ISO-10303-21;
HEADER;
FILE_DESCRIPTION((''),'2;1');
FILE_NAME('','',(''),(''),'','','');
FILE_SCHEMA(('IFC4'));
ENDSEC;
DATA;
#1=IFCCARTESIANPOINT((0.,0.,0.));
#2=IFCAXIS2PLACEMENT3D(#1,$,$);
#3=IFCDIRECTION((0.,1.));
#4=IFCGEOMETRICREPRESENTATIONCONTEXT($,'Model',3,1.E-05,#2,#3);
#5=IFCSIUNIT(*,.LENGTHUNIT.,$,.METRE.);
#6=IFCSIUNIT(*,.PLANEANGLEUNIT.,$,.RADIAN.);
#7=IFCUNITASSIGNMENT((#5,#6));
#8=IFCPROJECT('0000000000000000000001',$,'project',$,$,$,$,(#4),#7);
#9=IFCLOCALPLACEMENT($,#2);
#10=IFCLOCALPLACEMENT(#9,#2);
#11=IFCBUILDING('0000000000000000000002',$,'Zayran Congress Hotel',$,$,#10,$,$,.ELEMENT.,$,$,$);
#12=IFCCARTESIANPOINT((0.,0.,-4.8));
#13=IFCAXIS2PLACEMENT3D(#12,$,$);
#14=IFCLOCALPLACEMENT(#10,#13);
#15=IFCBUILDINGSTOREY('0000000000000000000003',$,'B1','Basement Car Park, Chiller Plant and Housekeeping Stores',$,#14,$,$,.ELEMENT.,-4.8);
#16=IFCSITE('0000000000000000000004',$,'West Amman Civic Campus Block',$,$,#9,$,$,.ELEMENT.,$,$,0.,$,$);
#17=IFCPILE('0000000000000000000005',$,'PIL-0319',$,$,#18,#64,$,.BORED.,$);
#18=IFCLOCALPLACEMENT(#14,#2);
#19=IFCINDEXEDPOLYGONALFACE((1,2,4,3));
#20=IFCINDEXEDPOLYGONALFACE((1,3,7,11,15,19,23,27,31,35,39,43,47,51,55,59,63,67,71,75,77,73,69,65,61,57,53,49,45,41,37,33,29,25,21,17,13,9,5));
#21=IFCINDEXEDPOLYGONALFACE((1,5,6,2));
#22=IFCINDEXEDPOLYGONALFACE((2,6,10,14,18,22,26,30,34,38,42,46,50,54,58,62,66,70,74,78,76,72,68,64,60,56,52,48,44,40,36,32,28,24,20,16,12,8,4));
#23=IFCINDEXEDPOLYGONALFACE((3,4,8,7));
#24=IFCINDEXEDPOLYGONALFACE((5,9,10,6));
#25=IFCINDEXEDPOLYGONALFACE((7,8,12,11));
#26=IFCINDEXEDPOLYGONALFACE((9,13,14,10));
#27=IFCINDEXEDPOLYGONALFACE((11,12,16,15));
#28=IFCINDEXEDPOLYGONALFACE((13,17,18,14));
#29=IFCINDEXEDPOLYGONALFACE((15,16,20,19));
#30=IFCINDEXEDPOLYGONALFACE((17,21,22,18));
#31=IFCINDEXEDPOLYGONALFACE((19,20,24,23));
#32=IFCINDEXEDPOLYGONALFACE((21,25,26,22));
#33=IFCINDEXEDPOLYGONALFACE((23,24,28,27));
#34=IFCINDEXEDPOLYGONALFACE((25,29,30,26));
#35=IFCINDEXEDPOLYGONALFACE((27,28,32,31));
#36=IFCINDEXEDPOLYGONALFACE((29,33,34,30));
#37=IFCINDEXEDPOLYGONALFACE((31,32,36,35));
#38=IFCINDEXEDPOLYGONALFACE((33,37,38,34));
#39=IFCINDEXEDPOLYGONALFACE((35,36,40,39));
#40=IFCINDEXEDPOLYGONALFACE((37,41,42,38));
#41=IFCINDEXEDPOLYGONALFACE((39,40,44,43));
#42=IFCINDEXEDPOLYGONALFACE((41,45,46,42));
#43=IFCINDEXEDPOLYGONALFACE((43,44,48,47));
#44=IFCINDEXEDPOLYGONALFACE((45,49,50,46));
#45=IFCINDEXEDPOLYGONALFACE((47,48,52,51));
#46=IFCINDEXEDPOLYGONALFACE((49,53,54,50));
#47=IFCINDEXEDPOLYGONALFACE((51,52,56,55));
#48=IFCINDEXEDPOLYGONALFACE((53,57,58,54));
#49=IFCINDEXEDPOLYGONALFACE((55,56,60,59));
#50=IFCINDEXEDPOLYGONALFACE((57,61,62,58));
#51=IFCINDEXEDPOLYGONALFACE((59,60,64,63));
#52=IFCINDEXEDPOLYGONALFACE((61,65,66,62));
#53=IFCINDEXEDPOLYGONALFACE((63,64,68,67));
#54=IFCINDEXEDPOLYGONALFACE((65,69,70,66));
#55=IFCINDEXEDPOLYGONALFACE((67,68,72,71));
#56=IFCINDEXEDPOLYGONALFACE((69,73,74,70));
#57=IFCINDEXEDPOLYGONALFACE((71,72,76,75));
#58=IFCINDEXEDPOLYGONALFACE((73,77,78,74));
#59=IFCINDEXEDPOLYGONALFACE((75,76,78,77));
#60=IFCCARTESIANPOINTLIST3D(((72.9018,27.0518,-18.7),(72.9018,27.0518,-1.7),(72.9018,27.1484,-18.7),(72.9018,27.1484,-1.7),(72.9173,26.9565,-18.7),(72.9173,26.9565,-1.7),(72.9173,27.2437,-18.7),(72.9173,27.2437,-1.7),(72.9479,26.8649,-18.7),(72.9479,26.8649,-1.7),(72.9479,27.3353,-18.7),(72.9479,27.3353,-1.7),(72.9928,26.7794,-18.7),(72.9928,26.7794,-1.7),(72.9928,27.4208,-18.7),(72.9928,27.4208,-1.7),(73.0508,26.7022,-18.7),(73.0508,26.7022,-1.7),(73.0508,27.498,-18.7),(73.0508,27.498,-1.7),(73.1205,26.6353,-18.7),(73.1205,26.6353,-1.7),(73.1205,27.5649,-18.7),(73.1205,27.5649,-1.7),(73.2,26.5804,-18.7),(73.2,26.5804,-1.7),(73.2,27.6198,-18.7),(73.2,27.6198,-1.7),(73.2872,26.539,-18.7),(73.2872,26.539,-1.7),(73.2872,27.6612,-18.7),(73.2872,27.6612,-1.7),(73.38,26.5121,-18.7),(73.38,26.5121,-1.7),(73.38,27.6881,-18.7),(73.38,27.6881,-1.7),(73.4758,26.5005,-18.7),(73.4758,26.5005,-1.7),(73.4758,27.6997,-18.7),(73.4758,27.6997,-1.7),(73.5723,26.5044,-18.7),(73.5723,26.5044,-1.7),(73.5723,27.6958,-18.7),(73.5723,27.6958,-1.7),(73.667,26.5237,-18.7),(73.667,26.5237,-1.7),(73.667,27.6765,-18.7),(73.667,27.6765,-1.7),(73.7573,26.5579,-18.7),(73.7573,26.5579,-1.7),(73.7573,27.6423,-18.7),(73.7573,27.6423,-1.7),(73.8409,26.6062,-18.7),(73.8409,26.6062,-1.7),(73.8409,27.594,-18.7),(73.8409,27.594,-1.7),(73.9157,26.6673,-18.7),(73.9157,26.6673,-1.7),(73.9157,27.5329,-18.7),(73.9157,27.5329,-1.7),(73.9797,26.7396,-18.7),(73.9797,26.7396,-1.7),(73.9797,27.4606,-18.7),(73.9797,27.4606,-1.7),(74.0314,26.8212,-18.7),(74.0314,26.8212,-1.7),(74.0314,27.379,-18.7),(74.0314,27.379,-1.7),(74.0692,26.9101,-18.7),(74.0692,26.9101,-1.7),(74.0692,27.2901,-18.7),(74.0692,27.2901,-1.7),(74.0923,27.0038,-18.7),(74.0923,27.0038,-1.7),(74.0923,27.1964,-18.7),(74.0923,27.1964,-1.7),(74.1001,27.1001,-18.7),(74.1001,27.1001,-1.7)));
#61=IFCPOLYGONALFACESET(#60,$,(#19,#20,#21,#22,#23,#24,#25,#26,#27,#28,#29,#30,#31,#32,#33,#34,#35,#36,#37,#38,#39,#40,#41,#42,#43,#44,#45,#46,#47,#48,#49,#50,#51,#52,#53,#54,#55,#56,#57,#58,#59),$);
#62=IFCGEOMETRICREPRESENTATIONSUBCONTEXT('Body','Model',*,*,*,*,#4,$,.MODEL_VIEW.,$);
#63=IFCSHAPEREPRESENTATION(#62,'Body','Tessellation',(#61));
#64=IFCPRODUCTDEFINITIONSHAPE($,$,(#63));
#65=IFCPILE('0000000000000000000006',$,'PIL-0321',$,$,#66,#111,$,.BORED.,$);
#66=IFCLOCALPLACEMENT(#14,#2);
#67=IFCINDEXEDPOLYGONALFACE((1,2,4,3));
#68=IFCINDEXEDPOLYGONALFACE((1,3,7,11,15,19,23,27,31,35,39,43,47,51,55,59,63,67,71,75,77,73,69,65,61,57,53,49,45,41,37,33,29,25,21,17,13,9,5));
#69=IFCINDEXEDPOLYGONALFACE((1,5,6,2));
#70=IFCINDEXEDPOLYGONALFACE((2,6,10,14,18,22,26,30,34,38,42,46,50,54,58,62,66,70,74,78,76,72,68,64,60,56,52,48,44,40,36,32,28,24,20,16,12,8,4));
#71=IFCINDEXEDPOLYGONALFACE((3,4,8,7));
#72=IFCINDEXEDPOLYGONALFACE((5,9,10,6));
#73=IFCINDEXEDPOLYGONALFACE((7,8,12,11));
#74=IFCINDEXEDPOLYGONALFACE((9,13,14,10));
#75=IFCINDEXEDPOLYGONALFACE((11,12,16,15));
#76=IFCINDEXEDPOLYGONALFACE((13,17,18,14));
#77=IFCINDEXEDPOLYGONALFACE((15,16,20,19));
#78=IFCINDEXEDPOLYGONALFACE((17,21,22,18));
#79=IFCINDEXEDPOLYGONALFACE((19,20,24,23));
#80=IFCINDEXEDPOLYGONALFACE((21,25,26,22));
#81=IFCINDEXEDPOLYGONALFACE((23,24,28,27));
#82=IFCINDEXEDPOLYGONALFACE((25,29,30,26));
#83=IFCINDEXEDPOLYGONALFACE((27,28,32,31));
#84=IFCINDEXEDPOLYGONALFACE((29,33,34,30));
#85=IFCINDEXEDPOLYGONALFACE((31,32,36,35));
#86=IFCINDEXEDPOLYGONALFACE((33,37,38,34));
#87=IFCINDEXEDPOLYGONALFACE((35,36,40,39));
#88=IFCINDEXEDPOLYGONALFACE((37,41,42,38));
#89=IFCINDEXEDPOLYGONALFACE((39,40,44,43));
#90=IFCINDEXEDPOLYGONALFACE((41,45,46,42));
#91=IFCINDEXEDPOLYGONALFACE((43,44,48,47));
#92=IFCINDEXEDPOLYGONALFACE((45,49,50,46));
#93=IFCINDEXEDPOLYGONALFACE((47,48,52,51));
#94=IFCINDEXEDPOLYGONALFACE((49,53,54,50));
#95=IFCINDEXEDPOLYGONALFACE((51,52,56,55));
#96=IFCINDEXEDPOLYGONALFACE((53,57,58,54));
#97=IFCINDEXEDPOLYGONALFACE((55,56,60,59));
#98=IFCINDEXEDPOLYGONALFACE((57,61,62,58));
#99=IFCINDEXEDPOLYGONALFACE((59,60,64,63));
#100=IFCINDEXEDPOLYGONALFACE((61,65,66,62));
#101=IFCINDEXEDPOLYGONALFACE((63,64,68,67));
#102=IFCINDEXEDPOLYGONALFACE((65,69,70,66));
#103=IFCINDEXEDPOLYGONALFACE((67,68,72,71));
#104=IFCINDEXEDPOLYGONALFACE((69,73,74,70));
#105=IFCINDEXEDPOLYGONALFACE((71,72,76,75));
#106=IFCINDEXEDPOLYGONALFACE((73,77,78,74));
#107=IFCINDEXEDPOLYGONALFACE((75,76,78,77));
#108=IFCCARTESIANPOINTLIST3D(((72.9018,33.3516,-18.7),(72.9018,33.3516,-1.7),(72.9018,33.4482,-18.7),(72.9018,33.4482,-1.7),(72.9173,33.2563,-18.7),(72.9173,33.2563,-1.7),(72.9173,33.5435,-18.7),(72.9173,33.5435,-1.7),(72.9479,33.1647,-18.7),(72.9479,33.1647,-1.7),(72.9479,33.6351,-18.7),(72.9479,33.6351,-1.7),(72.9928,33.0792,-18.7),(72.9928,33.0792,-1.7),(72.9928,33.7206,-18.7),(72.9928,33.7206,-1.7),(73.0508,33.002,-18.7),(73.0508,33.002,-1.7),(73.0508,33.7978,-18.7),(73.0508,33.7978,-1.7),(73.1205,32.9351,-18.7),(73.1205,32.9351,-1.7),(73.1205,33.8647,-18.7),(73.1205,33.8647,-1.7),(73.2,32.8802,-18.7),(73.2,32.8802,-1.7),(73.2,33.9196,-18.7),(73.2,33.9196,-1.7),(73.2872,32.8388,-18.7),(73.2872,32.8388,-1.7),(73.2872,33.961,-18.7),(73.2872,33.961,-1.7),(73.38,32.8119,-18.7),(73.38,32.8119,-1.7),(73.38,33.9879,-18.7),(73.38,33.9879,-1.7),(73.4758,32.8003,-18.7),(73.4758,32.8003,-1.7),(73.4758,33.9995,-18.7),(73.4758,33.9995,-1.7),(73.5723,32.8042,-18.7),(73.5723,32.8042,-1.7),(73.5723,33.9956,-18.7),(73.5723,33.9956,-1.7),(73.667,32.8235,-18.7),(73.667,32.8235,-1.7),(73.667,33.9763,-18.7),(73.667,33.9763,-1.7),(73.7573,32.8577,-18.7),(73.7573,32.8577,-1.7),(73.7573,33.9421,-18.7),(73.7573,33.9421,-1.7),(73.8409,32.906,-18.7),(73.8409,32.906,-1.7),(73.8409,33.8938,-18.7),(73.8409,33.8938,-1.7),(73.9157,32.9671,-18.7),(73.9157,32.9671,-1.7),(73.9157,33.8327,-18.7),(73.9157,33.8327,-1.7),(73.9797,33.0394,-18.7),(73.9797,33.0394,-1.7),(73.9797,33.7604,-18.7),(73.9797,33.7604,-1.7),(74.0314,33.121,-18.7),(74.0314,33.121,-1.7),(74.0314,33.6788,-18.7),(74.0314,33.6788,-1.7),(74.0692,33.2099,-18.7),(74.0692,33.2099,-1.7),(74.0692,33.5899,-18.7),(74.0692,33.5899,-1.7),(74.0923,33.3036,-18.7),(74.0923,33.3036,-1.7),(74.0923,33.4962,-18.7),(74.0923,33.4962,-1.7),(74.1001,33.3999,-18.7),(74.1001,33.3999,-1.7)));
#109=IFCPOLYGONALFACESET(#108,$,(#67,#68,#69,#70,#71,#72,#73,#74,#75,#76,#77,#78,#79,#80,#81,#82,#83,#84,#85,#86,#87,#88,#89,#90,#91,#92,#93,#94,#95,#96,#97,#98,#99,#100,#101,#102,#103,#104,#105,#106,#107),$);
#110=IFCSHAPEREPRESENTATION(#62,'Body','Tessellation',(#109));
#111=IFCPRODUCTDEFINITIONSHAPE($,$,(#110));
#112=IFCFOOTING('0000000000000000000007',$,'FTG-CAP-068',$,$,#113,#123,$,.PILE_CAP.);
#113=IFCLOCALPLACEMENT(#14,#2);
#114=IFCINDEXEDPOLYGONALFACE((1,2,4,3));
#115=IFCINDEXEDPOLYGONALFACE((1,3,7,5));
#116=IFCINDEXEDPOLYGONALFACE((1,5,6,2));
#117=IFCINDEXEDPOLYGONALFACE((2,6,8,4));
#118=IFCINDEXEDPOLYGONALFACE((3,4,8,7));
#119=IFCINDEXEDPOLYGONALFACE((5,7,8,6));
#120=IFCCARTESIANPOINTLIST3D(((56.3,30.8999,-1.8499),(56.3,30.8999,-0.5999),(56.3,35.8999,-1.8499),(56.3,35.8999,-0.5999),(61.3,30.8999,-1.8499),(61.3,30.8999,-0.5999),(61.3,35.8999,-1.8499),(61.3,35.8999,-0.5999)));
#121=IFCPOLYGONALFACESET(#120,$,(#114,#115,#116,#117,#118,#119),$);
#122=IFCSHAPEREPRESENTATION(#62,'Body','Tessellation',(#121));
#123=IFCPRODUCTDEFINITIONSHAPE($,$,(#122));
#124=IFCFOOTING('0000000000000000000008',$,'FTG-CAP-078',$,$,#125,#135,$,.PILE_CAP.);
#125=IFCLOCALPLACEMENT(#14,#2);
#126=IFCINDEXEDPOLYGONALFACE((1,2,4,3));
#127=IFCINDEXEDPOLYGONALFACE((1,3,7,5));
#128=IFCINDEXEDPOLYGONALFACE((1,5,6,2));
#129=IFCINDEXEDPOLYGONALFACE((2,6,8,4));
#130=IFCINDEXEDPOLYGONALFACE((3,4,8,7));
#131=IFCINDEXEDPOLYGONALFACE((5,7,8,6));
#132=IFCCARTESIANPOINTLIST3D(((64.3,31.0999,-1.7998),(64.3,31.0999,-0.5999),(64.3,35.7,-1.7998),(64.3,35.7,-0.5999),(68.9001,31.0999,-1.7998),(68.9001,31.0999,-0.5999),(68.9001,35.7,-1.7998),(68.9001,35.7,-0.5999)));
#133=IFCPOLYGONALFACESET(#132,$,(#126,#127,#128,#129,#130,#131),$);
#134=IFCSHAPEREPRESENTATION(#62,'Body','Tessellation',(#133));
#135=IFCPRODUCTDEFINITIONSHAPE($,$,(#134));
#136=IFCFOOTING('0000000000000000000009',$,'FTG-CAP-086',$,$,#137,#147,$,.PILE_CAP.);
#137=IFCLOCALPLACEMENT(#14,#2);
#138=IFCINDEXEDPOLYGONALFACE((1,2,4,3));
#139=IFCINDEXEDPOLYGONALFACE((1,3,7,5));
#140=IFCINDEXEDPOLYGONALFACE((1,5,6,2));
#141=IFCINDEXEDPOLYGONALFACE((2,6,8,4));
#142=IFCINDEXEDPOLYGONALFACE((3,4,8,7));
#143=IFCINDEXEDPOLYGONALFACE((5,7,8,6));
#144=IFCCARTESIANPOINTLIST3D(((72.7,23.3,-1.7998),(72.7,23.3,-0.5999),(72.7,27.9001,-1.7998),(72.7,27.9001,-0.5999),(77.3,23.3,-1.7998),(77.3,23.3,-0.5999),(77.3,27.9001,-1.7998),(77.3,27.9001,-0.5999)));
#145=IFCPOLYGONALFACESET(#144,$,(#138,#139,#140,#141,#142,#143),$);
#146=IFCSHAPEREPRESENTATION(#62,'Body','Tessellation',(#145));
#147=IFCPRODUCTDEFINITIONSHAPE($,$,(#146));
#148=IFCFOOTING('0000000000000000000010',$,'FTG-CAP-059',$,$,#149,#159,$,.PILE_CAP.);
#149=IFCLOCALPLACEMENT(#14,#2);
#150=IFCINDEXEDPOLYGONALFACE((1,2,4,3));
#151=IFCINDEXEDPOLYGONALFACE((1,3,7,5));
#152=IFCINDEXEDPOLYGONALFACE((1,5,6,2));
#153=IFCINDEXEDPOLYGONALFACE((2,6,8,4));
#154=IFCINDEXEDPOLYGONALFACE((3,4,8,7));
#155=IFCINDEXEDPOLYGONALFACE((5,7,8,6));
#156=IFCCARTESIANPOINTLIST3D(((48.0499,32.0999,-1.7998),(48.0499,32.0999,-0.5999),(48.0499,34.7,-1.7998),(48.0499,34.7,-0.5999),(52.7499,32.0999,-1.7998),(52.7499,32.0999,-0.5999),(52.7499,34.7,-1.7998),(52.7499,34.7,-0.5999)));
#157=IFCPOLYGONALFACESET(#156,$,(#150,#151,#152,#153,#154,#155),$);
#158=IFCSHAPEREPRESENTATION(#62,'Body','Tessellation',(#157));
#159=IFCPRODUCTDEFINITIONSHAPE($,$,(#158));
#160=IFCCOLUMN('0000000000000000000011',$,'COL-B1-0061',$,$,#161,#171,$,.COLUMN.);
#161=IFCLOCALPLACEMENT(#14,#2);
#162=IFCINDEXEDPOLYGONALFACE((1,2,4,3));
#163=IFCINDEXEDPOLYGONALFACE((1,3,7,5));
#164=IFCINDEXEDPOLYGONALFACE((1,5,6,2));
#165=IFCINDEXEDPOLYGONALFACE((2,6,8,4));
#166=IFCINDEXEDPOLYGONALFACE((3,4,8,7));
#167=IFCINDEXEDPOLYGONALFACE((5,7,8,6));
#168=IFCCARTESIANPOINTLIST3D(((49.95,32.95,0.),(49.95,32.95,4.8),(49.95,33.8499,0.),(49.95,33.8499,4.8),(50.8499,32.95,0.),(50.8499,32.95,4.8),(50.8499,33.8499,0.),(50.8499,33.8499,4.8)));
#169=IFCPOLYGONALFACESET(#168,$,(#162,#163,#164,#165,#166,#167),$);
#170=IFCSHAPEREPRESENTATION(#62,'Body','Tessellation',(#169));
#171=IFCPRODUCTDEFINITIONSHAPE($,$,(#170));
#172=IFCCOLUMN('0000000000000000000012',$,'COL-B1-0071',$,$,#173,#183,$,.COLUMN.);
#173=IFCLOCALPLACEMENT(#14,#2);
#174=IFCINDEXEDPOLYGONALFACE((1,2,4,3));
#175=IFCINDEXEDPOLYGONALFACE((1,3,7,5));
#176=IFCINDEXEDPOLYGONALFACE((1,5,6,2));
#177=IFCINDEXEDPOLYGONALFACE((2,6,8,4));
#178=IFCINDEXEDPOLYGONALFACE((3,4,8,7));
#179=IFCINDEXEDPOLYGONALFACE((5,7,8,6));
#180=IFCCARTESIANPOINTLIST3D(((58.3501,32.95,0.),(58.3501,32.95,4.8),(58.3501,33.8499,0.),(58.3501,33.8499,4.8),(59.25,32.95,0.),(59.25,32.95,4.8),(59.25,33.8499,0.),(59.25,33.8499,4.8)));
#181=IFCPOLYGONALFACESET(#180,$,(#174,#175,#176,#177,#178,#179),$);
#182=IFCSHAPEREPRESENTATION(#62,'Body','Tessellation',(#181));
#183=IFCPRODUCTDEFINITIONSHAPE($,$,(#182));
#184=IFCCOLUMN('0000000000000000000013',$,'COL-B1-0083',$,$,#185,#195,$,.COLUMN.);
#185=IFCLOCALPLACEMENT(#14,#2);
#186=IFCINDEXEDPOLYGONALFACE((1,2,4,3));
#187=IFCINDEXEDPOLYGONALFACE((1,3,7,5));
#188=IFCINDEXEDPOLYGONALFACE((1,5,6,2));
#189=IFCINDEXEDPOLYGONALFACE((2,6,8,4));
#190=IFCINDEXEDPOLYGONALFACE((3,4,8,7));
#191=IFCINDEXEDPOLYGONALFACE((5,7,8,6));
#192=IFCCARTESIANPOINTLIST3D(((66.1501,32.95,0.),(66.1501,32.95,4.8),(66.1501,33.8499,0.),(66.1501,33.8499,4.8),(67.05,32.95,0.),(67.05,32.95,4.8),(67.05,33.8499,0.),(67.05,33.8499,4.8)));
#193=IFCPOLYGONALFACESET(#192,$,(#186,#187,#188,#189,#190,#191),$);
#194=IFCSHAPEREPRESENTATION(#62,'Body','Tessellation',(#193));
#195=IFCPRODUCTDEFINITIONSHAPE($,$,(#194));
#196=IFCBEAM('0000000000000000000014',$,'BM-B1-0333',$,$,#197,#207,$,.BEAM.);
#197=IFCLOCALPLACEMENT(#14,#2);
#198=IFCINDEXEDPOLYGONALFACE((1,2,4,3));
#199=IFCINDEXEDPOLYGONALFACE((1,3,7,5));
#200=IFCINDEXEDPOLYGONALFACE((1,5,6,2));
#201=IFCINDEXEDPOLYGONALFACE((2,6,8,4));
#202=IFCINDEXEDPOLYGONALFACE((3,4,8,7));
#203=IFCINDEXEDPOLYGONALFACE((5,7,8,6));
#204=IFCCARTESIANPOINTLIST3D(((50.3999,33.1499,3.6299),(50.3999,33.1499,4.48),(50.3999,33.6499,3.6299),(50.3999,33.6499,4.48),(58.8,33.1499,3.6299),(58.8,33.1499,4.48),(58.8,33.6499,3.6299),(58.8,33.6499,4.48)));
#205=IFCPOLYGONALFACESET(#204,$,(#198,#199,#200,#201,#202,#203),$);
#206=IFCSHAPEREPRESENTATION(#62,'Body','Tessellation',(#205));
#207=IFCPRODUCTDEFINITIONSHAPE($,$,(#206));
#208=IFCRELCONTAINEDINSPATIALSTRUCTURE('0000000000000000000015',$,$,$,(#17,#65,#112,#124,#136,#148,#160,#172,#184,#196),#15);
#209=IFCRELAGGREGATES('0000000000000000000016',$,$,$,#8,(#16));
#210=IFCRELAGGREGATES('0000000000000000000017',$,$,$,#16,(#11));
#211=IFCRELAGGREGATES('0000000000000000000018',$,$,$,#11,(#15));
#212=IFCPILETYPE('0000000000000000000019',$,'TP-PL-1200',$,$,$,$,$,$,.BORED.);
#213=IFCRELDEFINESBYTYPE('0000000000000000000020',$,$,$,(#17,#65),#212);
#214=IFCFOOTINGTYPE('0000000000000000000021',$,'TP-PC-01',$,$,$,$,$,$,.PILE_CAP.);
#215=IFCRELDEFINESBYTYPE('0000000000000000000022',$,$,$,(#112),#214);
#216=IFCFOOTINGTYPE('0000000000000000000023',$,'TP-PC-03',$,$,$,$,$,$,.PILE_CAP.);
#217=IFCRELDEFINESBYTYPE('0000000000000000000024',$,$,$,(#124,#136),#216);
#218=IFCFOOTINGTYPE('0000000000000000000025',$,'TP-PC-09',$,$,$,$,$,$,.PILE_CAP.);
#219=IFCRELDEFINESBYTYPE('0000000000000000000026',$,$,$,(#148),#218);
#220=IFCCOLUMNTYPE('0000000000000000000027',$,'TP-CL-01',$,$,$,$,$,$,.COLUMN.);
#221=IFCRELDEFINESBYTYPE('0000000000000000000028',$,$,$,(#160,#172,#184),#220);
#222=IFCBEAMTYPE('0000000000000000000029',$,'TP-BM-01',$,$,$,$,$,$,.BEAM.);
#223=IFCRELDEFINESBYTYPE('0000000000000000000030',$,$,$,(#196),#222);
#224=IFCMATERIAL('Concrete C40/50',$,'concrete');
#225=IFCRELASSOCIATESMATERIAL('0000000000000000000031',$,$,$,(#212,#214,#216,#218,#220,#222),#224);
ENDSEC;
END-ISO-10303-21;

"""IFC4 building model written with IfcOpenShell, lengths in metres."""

from ifc_helpers import new_model, si_unit, direction, frame, origin, origin_2d, place, context, subcontext, project, spatial, rectangle, circle, extrude, material, material_profile, profile_set, type_object, element, save


model = new_model("IFC4")

# Units and contexts
model_context = context("Model", 3, precision=1e-05, world=origin(), true_north=direction((0.0, 1.0)))
body_context = subcontext(model_context, "Body", "Model", "MODEL_VIEW")
ifc_project = project(units=[si_unit("LENGTHUNIT", "METRE"), si_unit("PLANEANGLEUNIT", "RADIAN")], contexts=[model_context])

# Site, building, storey
site_placement = place(None, origin())
site = spatial("IfcSite", under=ifc_project, at=site_placement, Name="West Amman Civic Campus Block", CompositionType="ELEMENT", RefElevation=0.0)
building_placement = place(site_placement, origin())
building = spatial("IfcBuilding", under=site, at=building_placement, Name="Zayran Congress Hotel", CompositionType="ELEMENT")
storey_placement = place(building_placement, frame((0.0, 0.0, -4.8)))
storey = spatial("IfcBuildingStorey", under=building, at=storey_placement, Name="B1", Description="Basement Car Park, Chiller Plant and Housekeeping Stores", CompositionType="ELEMENT", Elevation=-4.8)

# Piles
ifc_material_1 = material(Name="Concrete C40/50", Category="concrete")
ifc_material_profile_1 = material_profile(ifc_material_1, circle(Radius=0.6001, at=origin_2d()), Name="PILE D1200")
ifc_profile_set_1 = profile_set([ifc_material_profile_1], Name="Concrete C40/50")
pile_type = type_object("IfcPileType", Name="TP-PL-1200", PredefinedType="BORED", material=ifc_profile_set_1)
for number, where, z_axis, x_axis, name in (
    (1, (73.5, 27.1001, -1.7), (0.0, 0.0, -1.0), (1.0, 0.0, 0.0), "PIL-0319"),
    (2, (73.5, 33.3999, -1.7), (0.0, 0.0, -1.0), (1.0, 0.0, 0.0), "PIL-0321"),
):
    element("IfcPile", number, at=place(storey_placement, frame(where, z_axis=z_axis, x_axis=x_axis)), inside=storey, type_object=pile_type, Name=name, PredefinedType="BORED", context=body_context, shape_type="SweptSolid", body=[
        extrude(circle(Radius=0.6001, at=origin_2d()), origin(), (0.0, 0.0, 1.0), 17.0),
    ])

# Footings
footing_type_1 = type_object("IfcFootingType", Name="TP-PC-01", PredefinedType="PILE_CAP", material=ifc_material_1)
footing_1_placement = place(storey_placement, frame((58.8, 33.3999, -1.8499), z_axis=(0.0, 0.0, 1.0), x_axis=(1.0, 0.0, 0.0)))
element("IfcFooting", 3, at=footing_1_placement, inside=storey, type_object=footing_type_1, Name="FTG-CAP-068", PredefinedType="PILE_CAP", context=body_context, shape_type="SweptSolid", body=[
    extrude(rectangle(XDim=5.0, YDim=5.0, at=origin_2d()), origin(), (0.0, 0.0, 1.0), 1.25),
])
footing_type_2 = type_object("IfcFootingType", Name="TP-PC-03", PredefinedType="PILE_CAP", material=ifc_material_1)
for number, where, z_axis, x_axis, name in (
    (4, (66.6001, 33.3999, -1.7998), (0.0, 0.0, 1.0), (1.0, 0.0, 0.0), "FTG-CAP-078"),
    (5, (75.0, 25.6001, -1.7998), (0.0, 0.0, 1.0), (1.0, 0.0, 0.0), "FTG-CAP-086"),
):
    element("IfcFooting", number, at=place(storey_placement, frame(where, z_axis=z_axis, x_axis=x_axis)), inside=storey, type_object=footing_type_2, Name=name, PredefinedType="PILE_CAP", context=body_context, shape_type="SweptSolid", body=[
        extrude(rectangle(XDim=4.6001, YDim=4.6001, at=origin_2d()), origin(), (0.0, 0.0, 1.0), 1.2),
    ])
footing_type_3 = type_object("IfcFootingType", Name="TP-PC-09", PredefinedType="PILE_CAP", material=ifc_material_1)
footing_2_placement = place(storey_placement, frame((50.3999, 33.3999, -1.7998), z_axis=(0.0, 0.0, 1.0), x_axis=(1.0, 0.0, 0.0)))
element("IfcFooting", 6, at=footing_2_placement, inside=storey, type_object=footing_type_3, Name="FTG-CAP-059", PredefinedType="PILE_CAP", context=body_context, shape_type="SweptSolid", body=[
    extrude(rectangle(XDim=4.7, YDim=2.6001, at=origin_2d()), origin(), (0.0, 0.0, 1.0), 1.2),
])

# Columns
ifc_material_profile_2 = material_profile(ifc_material_1, rectangle(XDim=0.8999, YDim=0.8999, at=origin_2d()), Name="RC 900x900")
ifc_profile_set_2 = profile_set([ifc_material_profile_2], Name="Concrete C40/50")
column_type = type_object("IfcColumnType", Name="TP-CL-01", PredefinedType="COLUMN", material=ifc_profile_set_2)
for number, where, z_axis, x_axis, name in (
    (7, (50.3999, 33.3999, 0.0), (0.0, 0.0, 1.0), (1.0, 0.0, 0.0), "COL-B1-0061"),
    (8, (58.8, 33.3999, 0.0), (0.0, 0.0, 1.0), (1.0, 0.0, 0.0), "COL-B1-0071"),
    (9, (66.6001, 33.3999, 0.0), (0.0, 0.0, 1.0), (1.0, 0.0, 0.0), "COL-B1-0083"),
):
    element("IfcColumn", number, at=place(storey_placement, frame(where, z_axis=z_axis, x_axis=x_axis)), inside=storey, type_object=column_type, Name=name, PredefinedType="COLUMN", context=body_context, shape_type="SweptSolid", body=[
        extrude(rectangle(XDim=0.8999, YDim=0.8999, at=origin_2d()), origin(), (0.0, 0.0, 1.0), 4.8),
    ])

# Beam
ifc_material_profile_3 = material_profile(ifc_material_1, rectangle(XDim=0.5, YDim=0.8501, at=origin_2d()), Name="RC 500x850")
ifc_profile_set_3 = profile_set([ifc_material_profile_3], Name="Concrete C40/50")
beam_type = type_object("IfcBeamType", Name="TP-BM-01", PredefinedType="BEAM", material=ifc_profile_set_3)
beam_1_placement = place(storey_placement, frame((50.3999, 33.3999, 4.0549), z_axis=(1.0, 0.0, 0.0), x_axis=(0.0, 1.0, 0.0)))
element("IfcBeam", 10, at=beam_1_placement, inside=storey, type_object=beam_type, Name="BM-B1-0333", PredefinedType="BEAM", context=body_context, shape_type="SweptSolid", body=[
    extrude(rectangle(XDim=0.5, YDim=0.8501, at=origin_2d()), origin(), (0.0, 0.0, 1.0), 8.4001),
])

save(model, "model.ifc")
